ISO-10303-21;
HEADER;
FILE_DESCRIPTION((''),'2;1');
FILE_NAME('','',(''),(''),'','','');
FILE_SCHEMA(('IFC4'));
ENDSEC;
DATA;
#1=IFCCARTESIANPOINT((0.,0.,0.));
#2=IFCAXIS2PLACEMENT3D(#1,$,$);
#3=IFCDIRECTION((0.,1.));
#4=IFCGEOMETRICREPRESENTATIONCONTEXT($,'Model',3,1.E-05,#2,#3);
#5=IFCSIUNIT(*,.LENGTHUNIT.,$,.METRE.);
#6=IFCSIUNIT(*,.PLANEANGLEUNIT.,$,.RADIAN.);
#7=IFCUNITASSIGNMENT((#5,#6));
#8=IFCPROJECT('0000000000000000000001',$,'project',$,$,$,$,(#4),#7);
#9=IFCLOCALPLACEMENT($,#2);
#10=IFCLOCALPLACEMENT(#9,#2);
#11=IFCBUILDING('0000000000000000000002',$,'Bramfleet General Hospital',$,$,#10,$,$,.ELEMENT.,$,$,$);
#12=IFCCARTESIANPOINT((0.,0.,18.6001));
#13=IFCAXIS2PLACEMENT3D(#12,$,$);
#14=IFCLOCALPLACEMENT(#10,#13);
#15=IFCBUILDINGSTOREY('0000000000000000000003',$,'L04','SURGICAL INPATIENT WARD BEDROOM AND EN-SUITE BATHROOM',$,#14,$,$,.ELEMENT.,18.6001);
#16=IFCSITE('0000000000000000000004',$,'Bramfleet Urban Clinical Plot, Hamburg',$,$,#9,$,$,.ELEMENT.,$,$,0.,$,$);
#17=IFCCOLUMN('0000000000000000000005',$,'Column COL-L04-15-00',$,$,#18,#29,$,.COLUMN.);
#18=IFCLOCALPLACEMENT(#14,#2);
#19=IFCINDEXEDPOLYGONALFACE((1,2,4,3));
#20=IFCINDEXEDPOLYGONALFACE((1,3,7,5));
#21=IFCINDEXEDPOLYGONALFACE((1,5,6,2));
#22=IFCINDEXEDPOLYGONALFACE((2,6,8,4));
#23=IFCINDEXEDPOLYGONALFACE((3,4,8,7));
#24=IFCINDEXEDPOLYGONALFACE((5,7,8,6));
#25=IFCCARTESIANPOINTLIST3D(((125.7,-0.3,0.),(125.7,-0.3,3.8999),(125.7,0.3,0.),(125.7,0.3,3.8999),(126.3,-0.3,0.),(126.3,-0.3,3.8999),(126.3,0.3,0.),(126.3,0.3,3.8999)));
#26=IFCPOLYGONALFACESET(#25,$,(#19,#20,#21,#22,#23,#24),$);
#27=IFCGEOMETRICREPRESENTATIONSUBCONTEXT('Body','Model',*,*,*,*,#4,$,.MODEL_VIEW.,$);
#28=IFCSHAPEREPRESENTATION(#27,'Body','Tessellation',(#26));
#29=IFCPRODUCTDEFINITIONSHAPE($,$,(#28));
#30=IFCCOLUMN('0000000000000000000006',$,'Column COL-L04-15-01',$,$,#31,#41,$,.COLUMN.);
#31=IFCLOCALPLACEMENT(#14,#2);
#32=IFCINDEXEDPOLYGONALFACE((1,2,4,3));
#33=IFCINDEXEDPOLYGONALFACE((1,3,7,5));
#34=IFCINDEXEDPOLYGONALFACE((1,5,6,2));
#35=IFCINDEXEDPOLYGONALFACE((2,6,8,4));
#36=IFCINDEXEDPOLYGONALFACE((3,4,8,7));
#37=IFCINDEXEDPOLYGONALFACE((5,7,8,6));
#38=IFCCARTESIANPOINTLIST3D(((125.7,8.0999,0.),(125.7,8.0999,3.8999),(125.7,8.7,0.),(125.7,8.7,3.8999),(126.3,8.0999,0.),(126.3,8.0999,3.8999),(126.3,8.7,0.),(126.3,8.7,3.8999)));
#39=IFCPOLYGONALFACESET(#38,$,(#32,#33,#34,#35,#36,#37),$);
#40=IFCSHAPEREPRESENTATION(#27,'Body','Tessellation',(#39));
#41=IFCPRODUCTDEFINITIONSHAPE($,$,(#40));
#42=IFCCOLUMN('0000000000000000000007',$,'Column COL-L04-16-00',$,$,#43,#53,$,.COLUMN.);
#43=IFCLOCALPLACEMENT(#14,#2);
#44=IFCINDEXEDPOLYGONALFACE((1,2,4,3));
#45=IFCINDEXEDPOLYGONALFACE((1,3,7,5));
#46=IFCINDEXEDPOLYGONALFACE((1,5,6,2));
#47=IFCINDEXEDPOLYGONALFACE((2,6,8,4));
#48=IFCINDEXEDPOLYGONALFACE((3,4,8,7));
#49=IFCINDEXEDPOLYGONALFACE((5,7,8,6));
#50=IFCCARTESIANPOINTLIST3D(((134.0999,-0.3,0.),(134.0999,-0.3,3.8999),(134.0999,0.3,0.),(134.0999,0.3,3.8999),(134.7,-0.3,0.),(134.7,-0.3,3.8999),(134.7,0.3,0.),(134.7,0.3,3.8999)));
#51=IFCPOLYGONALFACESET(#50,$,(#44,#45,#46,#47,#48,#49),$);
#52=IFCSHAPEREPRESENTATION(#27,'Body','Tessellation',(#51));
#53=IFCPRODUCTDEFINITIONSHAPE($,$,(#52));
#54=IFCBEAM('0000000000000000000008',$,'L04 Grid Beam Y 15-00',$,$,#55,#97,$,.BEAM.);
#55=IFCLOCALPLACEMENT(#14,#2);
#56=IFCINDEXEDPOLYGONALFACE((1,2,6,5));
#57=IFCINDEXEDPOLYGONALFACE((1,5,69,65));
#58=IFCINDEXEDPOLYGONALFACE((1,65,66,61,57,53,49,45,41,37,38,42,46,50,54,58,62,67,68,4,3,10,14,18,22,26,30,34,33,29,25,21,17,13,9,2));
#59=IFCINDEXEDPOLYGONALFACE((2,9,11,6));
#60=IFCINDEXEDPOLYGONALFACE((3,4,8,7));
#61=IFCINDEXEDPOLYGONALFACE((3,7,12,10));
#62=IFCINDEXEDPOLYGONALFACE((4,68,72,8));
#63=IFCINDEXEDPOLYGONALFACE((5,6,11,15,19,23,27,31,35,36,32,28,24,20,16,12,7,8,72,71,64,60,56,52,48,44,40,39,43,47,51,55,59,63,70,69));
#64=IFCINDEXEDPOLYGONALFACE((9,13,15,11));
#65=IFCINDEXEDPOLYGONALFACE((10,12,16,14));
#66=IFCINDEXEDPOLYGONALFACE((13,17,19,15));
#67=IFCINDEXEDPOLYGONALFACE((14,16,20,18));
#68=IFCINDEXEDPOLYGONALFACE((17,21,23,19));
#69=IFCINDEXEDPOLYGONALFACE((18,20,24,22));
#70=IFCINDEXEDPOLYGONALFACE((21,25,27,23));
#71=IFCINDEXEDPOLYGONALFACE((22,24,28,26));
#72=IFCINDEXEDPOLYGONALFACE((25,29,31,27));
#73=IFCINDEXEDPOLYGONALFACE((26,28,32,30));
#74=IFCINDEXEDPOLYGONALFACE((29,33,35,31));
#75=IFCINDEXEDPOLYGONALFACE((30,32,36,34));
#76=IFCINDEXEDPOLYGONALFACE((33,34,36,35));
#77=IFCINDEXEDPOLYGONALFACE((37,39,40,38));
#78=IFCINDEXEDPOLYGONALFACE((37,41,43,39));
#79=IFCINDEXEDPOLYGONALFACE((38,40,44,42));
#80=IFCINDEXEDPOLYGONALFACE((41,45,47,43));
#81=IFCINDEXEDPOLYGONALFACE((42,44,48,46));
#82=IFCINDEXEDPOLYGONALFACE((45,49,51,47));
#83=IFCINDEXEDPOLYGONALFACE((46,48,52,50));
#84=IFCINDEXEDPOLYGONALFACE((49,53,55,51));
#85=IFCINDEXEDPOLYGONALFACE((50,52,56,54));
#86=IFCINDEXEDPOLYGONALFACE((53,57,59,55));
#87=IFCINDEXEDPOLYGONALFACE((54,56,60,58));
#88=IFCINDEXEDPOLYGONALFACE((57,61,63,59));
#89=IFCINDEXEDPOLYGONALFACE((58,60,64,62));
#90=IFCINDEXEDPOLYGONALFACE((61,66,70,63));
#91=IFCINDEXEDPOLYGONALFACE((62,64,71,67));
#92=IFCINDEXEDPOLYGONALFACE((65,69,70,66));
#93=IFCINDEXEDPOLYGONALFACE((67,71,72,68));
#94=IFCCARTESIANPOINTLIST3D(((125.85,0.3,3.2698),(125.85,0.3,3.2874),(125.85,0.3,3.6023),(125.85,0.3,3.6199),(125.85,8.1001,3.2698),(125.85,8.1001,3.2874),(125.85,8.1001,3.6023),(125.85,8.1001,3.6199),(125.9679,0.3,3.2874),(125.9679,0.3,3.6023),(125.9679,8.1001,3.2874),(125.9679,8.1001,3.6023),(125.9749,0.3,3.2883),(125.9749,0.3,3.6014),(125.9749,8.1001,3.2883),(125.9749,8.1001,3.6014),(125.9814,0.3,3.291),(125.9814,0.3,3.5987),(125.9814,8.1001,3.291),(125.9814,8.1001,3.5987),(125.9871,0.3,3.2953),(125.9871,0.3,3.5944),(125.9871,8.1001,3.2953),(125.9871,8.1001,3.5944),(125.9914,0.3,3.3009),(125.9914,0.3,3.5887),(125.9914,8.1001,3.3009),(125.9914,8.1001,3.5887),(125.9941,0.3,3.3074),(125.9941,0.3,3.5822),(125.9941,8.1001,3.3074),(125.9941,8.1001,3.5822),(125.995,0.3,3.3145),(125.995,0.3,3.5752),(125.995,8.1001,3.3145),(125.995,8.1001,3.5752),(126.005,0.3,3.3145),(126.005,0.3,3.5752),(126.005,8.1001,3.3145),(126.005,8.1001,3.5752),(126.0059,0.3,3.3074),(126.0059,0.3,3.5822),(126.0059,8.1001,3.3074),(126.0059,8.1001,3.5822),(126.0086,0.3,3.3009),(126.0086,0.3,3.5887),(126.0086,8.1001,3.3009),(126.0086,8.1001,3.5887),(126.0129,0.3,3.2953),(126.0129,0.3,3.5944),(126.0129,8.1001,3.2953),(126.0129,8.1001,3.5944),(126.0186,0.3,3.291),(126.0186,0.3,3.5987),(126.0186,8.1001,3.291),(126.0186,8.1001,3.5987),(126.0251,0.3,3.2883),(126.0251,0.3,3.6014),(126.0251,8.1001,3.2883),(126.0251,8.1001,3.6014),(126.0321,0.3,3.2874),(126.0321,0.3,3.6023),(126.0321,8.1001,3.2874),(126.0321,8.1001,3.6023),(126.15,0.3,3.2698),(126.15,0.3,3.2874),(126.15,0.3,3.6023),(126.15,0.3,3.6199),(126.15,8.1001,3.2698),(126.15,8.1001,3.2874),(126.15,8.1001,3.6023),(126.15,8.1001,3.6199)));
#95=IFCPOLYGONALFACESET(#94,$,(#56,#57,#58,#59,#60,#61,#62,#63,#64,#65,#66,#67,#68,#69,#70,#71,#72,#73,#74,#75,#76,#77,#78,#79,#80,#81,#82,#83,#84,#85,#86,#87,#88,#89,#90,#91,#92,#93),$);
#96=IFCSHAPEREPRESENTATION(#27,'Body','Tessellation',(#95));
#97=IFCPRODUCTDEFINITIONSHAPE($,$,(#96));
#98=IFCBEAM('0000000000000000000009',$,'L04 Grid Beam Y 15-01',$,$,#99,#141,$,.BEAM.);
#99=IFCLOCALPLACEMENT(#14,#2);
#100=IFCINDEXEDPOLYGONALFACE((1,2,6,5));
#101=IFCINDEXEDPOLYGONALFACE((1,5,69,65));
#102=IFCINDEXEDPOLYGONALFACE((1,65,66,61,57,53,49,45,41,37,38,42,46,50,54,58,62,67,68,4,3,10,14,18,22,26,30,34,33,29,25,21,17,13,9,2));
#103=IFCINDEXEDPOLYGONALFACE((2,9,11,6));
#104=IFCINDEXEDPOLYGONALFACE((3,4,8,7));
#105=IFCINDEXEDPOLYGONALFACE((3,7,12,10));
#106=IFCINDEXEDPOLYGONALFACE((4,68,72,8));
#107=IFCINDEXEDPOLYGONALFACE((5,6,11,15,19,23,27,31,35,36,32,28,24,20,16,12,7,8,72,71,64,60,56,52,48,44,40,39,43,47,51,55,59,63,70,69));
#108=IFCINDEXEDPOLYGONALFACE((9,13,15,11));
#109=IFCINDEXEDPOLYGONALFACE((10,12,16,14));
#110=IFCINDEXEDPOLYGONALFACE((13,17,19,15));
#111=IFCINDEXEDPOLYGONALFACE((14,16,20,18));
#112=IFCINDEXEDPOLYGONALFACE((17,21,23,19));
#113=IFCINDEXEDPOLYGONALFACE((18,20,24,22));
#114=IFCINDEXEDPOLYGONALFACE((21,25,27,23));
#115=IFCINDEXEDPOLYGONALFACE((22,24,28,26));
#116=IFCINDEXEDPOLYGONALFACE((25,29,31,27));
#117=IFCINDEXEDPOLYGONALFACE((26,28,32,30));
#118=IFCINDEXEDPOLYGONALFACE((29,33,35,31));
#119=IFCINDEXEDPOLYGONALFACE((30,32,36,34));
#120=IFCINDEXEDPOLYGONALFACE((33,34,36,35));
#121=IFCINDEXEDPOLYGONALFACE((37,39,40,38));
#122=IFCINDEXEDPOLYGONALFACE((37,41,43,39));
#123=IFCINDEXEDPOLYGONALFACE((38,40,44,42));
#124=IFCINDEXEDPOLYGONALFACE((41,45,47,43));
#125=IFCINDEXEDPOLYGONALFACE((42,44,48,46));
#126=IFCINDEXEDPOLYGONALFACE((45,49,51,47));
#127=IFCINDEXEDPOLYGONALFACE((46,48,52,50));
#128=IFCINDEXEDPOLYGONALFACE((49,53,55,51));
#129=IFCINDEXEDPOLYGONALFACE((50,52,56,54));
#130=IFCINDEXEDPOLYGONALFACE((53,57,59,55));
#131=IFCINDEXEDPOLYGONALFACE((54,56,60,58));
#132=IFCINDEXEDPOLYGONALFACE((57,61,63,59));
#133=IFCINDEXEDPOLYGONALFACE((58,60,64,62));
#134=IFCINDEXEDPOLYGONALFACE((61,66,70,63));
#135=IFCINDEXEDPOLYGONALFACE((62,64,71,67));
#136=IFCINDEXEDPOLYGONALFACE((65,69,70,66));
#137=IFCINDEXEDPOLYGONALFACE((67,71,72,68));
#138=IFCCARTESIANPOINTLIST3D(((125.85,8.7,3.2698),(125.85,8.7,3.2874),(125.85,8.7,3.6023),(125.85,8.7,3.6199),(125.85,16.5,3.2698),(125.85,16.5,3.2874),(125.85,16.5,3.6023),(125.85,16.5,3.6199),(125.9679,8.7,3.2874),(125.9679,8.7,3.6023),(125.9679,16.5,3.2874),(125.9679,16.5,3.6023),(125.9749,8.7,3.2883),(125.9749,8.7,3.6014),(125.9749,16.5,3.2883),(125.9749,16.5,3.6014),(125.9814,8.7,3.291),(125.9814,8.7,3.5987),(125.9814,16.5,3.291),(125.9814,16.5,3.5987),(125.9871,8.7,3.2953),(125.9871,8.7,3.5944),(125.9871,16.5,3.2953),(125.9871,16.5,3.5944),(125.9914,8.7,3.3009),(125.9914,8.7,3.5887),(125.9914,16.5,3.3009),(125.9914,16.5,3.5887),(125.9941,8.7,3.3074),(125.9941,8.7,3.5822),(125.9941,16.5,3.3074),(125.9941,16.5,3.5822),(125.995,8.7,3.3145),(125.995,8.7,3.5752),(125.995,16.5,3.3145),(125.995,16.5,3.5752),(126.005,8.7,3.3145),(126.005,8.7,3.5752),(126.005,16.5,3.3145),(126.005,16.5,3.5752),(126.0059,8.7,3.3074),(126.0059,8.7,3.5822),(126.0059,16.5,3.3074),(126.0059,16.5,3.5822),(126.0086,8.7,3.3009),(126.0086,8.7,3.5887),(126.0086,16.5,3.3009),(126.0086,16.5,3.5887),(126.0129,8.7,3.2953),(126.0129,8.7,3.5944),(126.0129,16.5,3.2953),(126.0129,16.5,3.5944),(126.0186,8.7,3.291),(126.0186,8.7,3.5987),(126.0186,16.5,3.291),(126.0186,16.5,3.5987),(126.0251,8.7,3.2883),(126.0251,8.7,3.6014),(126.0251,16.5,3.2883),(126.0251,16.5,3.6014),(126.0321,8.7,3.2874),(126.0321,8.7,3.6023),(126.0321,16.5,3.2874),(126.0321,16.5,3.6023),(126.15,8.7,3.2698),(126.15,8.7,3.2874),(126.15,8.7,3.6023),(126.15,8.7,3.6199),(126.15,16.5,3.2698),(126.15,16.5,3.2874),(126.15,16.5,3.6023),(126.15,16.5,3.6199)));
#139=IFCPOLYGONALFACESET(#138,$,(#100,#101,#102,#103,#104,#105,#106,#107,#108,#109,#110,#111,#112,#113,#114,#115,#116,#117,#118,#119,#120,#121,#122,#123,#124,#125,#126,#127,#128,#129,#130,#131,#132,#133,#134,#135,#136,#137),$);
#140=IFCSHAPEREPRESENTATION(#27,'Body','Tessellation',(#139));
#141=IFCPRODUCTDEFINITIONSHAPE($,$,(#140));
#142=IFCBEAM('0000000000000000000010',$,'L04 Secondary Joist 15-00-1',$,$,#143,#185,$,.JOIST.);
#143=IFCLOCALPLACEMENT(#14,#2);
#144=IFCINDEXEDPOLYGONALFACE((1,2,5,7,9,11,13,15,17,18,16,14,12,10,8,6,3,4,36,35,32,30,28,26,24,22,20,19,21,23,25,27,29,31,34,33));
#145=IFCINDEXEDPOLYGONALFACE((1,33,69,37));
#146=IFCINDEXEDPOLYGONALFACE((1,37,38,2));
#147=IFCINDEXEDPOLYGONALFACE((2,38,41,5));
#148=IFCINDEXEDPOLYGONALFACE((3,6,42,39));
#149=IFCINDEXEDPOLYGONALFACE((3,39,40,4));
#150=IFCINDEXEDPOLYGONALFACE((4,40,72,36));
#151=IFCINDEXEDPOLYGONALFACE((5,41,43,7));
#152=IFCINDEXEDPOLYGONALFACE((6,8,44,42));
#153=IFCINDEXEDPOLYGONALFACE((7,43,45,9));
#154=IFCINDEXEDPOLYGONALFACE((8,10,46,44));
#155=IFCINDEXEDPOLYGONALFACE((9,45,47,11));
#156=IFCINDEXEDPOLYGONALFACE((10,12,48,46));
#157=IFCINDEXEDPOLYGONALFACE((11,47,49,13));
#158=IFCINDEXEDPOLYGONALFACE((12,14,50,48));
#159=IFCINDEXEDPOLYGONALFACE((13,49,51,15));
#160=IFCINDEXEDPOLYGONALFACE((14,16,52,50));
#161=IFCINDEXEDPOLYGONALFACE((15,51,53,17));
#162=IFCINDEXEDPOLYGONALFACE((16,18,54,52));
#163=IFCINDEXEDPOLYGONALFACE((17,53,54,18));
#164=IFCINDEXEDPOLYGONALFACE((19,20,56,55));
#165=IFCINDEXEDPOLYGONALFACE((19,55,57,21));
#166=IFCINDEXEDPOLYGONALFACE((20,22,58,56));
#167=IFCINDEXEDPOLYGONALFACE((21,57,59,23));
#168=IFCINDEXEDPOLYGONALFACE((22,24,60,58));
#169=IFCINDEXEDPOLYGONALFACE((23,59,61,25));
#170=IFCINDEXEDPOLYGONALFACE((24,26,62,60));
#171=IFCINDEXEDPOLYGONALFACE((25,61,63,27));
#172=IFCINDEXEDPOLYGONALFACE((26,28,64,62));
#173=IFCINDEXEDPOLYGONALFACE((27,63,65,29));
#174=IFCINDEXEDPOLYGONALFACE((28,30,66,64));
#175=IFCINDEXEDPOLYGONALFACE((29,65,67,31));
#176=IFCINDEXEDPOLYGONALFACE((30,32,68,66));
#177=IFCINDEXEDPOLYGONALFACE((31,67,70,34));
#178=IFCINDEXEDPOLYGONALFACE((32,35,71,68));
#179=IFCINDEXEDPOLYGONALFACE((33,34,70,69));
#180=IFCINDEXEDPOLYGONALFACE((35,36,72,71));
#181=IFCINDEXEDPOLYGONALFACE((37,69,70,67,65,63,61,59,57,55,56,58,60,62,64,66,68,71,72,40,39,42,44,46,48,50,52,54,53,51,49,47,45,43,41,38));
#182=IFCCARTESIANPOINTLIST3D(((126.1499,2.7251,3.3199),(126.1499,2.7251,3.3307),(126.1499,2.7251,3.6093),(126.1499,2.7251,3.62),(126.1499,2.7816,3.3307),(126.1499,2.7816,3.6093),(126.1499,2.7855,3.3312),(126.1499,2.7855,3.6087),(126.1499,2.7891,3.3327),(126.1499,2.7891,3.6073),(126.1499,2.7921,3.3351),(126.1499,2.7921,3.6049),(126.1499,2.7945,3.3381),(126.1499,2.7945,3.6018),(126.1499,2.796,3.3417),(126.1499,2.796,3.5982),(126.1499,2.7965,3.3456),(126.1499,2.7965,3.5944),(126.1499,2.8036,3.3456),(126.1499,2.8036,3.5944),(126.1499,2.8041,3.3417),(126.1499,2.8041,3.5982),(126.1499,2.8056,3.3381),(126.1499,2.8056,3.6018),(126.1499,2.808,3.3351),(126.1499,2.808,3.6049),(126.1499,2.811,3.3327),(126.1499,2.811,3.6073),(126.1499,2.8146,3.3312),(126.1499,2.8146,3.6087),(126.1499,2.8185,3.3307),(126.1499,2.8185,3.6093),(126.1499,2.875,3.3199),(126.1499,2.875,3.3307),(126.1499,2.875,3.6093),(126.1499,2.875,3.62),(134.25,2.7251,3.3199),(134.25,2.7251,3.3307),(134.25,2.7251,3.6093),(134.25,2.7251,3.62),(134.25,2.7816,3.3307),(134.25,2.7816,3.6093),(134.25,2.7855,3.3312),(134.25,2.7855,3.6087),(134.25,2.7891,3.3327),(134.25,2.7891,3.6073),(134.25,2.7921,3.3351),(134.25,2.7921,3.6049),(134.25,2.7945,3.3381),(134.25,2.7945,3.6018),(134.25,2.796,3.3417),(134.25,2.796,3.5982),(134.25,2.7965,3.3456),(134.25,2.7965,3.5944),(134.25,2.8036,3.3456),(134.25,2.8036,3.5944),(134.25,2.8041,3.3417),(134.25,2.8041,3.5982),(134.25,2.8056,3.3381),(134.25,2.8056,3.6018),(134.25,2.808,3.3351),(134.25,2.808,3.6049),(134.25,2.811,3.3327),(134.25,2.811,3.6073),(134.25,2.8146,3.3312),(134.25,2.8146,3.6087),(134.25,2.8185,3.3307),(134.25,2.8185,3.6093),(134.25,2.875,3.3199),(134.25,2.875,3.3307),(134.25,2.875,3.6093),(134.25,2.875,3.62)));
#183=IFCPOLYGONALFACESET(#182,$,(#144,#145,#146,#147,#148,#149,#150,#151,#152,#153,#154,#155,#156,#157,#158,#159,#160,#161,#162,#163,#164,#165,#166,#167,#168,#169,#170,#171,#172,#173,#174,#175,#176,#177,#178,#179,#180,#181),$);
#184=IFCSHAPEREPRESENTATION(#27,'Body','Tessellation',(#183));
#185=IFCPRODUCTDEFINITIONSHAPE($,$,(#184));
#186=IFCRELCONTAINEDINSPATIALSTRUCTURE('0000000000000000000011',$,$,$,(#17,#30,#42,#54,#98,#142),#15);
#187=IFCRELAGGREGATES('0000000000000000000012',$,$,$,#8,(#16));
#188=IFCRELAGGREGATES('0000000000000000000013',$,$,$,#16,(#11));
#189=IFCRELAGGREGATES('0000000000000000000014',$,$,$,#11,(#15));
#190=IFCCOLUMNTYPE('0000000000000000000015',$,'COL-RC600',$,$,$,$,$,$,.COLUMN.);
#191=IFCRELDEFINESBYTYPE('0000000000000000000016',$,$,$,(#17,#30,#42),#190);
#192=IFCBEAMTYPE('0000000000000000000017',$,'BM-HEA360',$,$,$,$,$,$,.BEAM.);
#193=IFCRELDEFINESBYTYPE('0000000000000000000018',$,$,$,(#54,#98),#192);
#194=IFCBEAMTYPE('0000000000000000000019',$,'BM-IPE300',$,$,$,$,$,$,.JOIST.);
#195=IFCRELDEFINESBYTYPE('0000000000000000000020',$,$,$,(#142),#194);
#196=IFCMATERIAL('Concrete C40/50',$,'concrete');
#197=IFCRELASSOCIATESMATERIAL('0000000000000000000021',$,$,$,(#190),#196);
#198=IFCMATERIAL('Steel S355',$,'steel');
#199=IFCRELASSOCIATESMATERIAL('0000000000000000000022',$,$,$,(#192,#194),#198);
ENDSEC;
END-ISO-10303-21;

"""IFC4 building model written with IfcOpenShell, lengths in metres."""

from ifc_helpers import new_model, si_unit, direction, frame, origin, origin_2d, place, context, subcontext, project, spatial, rectangle, i_section, extrude, material, material_profile, profile_set, type_object, element, save


model = new_model("IFC4")

# Units and contexts
model_context = context("Model", 3, precision=1e-05, world=origin(), true_north=direction((0.0, 1.0)))
body_context = subcontext(model_context, "Body", "Model", "MODEL_VIEW")
ifc_project = project(units=[si_unit("LENGTHUNIT", "METRE"), si_unit("PLANEANGLEUNIT", "RADIAN")], contexts=[model_context])

# Site, building, storey
site_placement = place(None, origin())
site = spatial("IfcSite", under=ifc_project, at=site_placement, Name="Bramfleet Urban Clinical Plot, Hamburg", CompositionType="ELEMENT", RefElevation=0.0)
building_placement = place(site_placement, origin())
building = spatial("IfcBuilding", under=site, at=building_placement, Name="Bramfleet General Hospital", CompositionType="ELEMENT")
storey_placement = place(building_placement, frame((0.0, 0.0, 18.6001)))
storey = spatial("IfcBuildingStorey", under=building, at=storey_placement, Name="L04", Description="SURGICAL INPATIENT WARD BEDROOM AND EN-SUITE BATHROOM", CompositionType="ELEMENT", Elevation=18.6001)

# Columns
ifc_material_1 = material(Name="Concrete C40/50", Category="concrete")
ifc_material_profile_1 = material_profile(ifc_material_1, rectangle(XDim=0.6001, YDim=0.6001, at=origin_2d()), Name="RC COL 600x600")
ifc_profile_set_1 = profile_set([ifc_material_profile_1], Name="Concrete C40/50")
column_type = type_object("IfcColumnType", Name="COL-RC600", PredefinedType="COLUMN", material=ifc_profile_set_1)
for number, where, z_axis, x_axis, name in (
    (1, (126.0, 0.0, 0.0), (0.0, 0.0, 1.0), (1.0, 0.0, 0.0), "Column COL-L04-15-00"),
    (2, (126.0, 8.3999, 0.0), (0.0, 0.0, 1.0), (1.0, 0.0, 0.0), "Column COL-L04-15-01"),
    (3, (134.3999, 0.0, 0.0), (0.0, 0.0, 1.0), (1.0, 0.0, 0.0), "Column COL-L04-16-00"),
):
    element("IfcColumn", number, at=place(storey_placement, frame(where, z_axis=z_axis, x_axis=x_axis)), inside=storey, type_object=column_type, Name=name, PredefinedType="COLUMN", context=body_context, shape_type="SweptSolid", body=[
        extrude(rectangle(XDim=0.6001, YDim=0.6001, at=origin_2d()), origin(), (0.0, 0.0, 1.0), 3.8999),
    ])

# Beams
ifc_material_2 = material(Name="Steel S355", Category="steel")
ifc_material_profile_2 = material_profile(ifc_material_2, i_section(OverallWidth=0.3, OverallDepth=0.3501, WebThickness=0.01, FlangeThickness=0.0176, FilletRadius=0.0271, at=origin_2d()), Name="HEA 360")
ifc_profile_set_2 = profile_set([ifc_material_profile_2], Name="Steel S355")
beam_type_1 = type_object("IfcBeamType", Name="BM-HEA360", PredefinedType="BEAM", material=ifc_profile_set_2)
for number, where, z_axis, x_axis, name in (
    (4, (126.0, 0.3, 3.4448), (0.0, 1.0, 0.0), (-1.0, 0.0, 0.0), "L04 Grid Beam Y 15-00"),
    (5, (126.0, 8.7, 3.4448), (0.0, 1.0, 0.0), (-1.0, 0.0, 0.0), "L04 Grid Beam Y 15-01"),
):
    element("IfcBeam", number, at=place(storey_placement, frame(where, z_axis=z_axis, x_axis=x_axis)), inside=storey, type_object=beam_type_1, Name=name, PredefinedType="BEAM", context=body_context, shape_type="SweptSolid", body=[
        extrude(i_section(OverallWidth=0.3, OverallDepth=0.3501, WebThickness=0.01, FlangeThickness=0.0176, FilletRadius=0.0271, at=origin_2d()), origin(), (0.0, 0.0, 1.0), 7.8),
    ])
ifc_material_profile_3 = material_profile(ifc_material_2, i_section(OverallWidth=0.1499, OverallDepth=0.3, WebThickness=0.0071, FlangeThickness=0.0107, FilletRadius=0.0149, at=origin_2d()), Name="IPE 300")
ifc_profile_set_3 = profile_set([ifc_material_profile_3], Name="Steel S355")
beam_type_2 = type_object("IfcBeamType", Name="BM-IPE300", PredefinedType="JOIST", material=ifc_profile_set_3)
for number, where, z_axis, x_axis, name in (
    (6, (126.1499, 2.8, 3.47), (1.0, 0.0, 0.0), (0.0, 1.0, 0.0), "L04 Secondary Joist 15-00-1"),
):
    element("IfcBeam", number, at=place(storey_placement, frame(where, z_axis=z_axis, x_axis=x_axis)), inside=storey, type_object=beam_type_2, Name=name, PredefinedType="JOIST", context=body_context, shape_type="SweptSolid", body=[
        extrude(i_section(OverallWidth=0.1499, OverallDepth=0.3, WebThickness=0.0071, FlangeThickness=0.0107, FilletRadius=0.0149, at=origin_2d()), origin(), (0.0, 0.0, 1.0), 8.1001),
    ])

save(model, "model.ifc")
